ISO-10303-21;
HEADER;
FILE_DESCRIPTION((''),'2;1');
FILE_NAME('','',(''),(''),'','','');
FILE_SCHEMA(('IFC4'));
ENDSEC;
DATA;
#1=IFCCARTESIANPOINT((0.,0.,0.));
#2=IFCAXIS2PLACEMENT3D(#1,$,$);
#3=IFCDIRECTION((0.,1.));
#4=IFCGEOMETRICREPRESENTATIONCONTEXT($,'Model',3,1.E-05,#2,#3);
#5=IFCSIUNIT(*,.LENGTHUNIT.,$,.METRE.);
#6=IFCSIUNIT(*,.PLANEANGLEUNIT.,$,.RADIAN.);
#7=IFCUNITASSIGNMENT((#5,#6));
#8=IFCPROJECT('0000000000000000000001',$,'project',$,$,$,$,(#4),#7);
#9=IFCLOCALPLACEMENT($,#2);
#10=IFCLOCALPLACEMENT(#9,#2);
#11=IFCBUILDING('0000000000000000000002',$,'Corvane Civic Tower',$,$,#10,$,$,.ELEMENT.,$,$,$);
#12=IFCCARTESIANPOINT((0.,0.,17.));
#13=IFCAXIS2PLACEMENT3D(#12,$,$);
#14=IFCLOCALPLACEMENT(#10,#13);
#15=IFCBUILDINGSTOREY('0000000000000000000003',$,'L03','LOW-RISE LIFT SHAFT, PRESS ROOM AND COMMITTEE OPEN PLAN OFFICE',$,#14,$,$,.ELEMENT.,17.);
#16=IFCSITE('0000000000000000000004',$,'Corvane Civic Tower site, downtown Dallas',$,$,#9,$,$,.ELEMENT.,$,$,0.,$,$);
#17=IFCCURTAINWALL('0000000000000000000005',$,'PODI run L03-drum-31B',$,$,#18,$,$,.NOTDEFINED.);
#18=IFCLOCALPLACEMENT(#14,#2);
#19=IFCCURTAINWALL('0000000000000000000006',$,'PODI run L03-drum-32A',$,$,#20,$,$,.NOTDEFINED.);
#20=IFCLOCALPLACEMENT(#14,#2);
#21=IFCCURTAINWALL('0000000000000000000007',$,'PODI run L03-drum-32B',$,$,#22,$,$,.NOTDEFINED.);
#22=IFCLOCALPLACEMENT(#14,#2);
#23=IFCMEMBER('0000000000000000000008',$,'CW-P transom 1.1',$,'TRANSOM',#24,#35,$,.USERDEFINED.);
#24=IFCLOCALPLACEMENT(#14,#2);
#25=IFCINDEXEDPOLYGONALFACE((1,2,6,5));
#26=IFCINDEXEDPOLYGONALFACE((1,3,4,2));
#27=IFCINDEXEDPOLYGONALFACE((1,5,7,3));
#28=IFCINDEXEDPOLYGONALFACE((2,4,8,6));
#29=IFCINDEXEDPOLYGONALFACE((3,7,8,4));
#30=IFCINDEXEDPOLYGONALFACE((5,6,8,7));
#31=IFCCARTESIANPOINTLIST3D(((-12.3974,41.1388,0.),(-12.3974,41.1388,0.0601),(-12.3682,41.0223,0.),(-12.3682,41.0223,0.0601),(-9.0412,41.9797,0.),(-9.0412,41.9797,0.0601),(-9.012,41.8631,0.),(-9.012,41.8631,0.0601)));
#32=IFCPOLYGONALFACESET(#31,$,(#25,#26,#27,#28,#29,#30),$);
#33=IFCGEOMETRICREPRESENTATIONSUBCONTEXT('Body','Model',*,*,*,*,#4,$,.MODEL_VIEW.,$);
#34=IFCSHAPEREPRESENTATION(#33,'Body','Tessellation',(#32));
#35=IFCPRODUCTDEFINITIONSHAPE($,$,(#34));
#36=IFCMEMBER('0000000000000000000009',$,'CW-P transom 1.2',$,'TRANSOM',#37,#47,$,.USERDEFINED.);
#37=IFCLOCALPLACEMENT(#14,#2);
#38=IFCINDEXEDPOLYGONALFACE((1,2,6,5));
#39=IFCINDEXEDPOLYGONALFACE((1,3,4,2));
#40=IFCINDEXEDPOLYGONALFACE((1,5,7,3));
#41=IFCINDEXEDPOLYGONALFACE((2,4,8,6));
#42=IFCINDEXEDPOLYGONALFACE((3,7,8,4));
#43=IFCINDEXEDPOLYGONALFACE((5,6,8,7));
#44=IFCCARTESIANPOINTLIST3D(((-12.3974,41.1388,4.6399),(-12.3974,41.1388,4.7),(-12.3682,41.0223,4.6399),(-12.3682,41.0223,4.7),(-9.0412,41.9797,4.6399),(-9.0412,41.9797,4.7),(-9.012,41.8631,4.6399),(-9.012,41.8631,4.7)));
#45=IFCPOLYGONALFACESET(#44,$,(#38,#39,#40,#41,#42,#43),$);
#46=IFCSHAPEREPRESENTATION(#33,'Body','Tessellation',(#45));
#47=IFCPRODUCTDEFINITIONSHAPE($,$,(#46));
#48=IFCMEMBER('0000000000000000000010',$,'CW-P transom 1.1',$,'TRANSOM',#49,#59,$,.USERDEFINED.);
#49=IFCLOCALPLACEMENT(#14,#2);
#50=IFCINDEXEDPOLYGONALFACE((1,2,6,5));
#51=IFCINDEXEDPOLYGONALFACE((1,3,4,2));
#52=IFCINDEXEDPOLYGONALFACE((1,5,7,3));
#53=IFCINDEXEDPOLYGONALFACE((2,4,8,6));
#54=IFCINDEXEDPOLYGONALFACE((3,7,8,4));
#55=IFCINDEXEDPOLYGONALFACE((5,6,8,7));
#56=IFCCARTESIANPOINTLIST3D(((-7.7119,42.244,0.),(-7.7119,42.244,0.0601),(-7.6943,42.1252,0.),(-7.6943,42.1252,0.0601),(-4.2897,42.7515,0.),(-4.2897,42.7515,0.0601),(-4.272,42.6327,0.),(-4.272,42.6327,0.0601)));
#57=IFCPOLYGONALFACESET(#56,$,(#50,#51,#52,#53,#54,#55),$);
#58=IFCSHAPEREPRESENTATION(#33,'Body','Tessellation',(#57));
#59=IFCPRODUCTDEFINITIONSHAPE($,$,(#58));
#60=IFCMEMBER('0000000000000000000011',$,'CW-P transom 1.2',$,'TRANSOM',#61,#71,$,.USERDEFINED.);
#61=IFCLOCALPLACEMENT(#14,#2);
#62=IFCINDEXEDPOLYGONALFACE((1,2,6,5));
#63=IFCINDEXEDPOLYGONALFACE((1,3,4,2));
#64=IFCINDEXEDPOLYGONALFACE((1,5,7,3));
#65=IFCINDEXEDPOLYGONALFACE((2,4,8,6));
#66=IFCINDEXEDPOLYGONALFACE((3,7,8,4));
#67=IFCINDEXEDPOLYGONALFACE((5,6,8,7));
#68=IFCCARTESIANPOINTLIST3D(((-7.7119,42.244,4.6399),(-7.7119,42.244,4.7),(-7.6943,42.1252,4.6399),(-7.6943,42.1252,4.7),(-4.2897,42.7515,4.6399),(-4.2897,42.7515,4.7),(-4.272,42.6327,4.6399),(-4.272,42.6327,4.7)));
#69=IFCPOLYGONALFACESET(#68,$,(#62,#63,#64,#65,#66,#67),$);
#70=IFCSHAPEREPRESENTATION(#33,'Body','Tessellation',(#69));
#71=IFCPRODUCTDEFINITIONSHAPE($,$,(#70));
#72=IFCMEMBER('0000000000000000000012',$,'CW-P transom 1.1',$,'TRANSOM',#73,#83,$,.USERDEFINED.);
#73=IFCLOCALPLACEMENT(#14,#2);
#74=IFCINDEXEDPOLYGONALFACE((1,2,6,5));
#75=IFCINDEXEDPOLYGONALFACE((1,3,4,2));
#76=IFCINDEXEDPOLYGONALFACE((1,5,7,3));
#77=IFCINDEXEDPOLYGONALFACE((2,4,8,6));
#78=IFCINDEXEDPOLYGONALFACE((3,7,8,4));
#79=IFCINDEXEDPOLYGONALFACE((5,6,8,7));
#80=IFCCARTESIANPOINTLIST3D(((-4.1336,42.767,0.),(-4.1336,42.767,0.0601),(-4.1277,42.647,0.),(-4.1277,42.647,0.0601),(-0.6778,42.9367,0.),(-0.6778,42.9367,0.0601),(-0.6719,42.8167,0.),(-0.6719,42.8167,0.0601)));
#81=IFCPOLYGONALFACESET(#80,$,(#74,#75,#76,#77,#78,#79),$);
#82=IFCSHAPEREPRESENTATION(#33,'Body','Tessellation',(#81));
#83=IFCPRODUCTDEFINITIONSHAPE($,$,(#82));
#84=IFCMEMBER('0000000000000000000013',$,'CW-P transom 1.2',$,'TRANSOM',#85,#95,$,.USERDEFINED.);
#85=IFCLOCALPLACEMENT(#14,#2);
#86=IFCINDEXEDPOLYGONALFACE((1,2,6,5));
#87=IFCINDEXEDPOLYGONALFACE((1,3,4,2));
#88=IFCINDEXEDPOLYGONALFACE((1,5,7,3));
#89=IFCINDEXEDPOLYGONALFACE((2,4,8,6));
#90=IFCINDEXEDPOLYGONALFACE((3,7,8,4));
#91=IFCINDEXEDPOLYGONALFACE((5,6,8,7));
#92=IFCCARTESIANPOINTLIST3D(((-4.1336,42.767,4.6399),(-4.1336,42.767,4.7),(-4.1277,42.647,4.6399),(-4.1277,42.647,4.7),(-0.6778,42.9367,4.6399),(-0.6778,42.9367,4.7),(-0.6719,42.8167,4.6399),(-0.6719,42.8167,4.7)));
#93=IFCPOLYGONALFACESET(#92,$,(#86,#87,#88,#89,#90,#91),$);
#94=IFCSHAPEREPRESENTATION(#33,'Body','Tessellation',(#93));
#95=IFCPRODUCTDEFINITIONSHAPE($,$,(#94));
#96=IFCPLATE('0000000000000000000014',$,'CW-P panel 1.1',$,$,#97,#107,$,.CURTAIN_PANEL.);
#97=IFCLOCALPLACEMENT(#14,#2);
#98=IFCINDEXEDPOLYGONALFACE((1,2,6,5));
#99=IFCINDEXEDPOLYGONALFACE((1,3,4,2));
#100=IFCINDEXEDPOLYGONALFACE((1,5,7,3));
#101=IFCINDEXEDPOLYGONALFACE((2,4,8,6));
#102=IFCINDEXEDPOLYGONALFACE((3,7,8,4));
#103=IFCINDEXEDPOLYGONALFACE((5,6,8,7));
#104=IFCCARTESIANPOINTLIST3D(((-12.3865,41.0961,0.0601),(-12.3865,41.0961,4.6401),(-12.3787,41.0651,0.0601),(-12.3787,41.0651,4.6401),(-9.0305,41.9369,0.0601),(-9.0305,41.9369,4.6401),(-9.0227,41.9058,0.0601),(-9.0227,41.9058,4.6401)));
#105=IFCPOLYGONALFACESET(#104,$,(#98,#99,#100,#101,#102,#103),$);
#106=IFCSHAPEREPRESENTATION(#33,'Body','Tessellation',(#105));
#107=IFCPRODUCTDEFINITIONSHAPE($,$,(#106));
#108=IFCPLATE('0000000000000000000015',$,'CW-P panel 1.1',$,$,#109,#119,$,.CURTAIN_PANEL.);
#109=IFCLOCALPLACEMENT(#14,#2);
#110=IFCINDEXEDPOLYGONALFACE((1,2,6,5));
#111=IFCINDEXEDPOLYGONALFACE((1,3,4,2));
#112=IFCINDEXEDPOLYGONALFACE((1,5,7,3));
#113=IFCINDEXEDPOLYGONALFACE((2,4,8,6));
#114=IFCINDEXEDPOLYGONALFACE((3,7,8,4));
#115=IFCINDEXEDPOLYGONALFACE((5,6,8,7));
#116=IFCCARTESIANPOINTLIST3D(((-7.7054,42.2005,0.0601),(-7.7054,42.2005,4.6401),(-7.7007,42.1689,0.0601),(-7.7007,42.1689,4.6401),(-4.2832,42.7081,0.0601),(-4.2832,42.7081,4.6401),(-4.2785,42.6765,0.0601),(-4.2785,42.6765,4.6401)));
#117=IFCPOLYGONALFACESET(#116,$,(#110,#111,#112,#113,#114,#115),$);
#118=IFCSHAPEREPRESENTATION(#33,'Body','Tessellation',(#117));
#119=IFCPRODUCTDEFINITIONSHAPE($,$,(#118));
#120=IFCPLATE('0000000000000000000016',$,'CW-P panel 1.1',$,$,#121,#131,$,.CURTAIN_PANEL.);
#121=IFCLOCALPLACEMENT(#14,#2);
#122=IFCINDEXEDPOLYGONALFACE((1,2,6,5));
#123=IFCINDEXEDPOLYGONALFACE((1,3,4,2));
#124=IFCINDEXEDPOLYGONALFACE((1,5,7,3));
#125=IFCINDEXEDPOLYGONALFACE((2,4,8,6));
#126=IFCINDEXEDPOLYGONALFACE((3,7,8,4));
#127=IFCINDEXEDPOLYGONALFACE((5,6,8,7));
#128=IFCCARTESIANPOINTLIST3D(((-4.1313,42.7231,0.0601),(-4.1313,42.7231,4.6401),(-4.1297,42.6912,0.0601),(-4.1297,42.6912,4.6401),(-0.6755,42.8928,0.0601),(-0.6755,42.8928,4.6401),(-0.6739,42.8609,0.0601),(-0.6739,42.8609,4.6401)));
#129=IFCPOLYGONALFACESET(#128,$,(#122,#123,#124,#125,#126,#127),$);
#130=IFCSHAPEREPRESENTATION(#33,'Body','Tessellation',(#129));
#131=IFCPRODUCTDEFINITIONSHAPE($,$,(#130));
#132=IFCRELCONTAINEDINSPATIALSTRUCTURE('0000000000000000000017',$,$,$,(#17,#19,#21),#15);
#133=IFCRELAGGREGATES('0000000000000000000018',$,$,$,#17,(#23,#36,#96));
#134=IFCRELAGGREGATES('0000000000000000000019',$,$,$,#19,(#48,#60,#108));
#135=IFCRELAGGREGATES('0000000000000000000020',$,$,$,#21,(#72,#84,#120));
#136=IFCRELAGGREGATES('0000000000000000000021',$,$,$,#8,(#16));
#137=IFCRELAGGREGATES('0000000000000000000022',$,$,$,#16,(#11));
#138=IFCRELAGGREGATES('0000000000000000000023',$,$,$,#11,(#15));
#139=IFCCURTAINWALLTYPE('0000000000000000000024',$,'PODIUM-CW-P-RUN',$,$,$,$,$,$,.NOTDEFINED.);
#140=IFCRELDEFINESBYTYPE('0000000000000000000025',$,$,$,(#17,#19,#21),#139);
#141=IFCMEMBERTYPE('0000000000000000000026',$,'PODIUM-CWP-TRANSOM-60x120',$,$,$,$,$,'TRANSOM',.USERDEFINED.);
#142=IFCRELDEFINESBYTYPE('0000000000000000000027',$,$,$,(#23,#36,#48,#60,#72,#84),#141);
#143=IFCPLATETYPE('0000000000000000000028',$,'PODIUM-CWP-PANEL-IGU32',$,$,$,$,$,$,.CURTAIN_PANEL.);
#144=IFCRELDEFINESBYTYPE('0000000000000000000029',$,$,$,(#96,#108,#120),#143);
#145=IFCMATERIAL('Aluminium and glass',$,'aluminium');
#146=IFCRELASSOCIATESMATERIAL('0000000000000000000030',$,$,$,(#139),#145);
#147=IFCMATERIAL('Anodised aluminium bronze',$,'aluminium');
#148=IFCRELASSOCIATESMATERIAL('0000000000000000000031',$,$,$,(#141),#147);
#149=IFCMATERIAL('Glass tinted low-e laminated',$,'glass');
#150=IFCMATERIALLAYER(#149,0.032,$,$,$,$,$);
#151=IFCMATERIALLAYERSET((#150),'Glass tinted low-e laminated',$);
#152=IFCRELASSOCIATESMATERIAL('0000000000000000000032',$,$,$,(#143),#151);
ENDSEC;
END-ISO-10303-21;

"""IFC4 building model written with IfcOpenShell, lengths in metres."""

from ifc_helpers import new_model, si_unit, direction, frame, origin, origin_2d, place, context, subcontext, project, spatial, rectangle, extrude, material, layer, layer_set, material_profile, profile_set, type_object, element, aggregate, save


model = new_model("IFC4")

# Units and contexts
model_context = context("Model", 3, precision=1e-05, world=origin(), true_north=direction((0.0, 1.0)))
body_context = subcontext(model_context, "Body", "Model", "MODEL_VIEW")
ifc_project = project(units=[si_unit("LENGTHUNIT", "METRE"), si_unit("PLANEANGLEUNIT", "RADIAN")], contexts=[model_context])

# Site, building, storey
site_placement = place(None, origin())
site = spatial("IfcSite", under=ifc_project, at=site_placement, Name="Corvane Civic Tower site, downtown Dallas", CompositionType="ELEMENT", RefElevation=0.0)
building_placement = place(site_placement, origin())
building = spatial("IfcBuilding", under=site, at=building_placement, Name="Corvane Civic Tower", CompositionType="ELEMENT")
storey_placement = place(building_placement, frame((0.0, 0.0, 17.0)))
storey = spatial("IfcBuildingStorey", under=building, at=storey_placement, Name="L03", Description="LOW-RISE LIFT SHAFT, PRESS ROOM AND COMMITTEE OPEN PLAN OFFICE", CompositionType="ELEMENT", Elevation=17.0)

# Curtain wall
ifc_material_1 = material(Name="Aluminium and glass", Category="aluminium")
curtain_wall_type = type_object("IfcCurtainWallType", Name="PODIUM-CW-P-RUN", PredefinedType="NOTDEFINED", material=ifc_material_1)
curtain_wall_1_placement = place(storey_placement, origin())
curtain_wall_1 = element("IfcCurtainWall", 1, at=curtain_wall_1_placement, inside=storey, type_object=curtain_wall_type, Name="PODI run L03-drum-31B", PredefinedType="NOTDEFINED")

# Curtain walls
curtain_wall_2_placement = place(storey_placement, origin())
curtain_wall_2 = element("IfcCurtainWall", 2, at=curtain_wall_2_placement, inside=storey, type_object=curtain_wall_type, Name="PODI run L03-drum-32A", PredefinedType="NOTDEFINED")
curtain_wall_3_placement = place(storey_placement, origin())
curtain_wall_3 = element("IfcCurtainWall", 3, at=curtain_wall_3_placement, inside=storey, type_object=curtain_wall_type, Name="PODI run L03-drum-32B", PredefinedType="NOTDEFINED")

# Members
ifc_material_2 = material(Name="Anodised aluminium bronze", Category="aluminium")
ifc_material_profile_1 = material_profile(ifc_material_2, rectangle(XDim=0.1201, YDim=0.0601, at=origin_2d()), Name="AL 120x60")
ifc_profile_set_1 = profile_set([ifc_material_profile_1], Name="Anodised aluminium bronze")
member_type_1 = type_object("IfcMemberType", Name="PODIUM-CWP-TRANSOM-60x120", ElementType="TRANSOM", PredefinedType="USERDEFINED", material=ifc_profile_set_1)
member_1_placement = place(storey_placement, frame((-12.3828, 41.0806, 0.03), z_axis=(0.970022, 0.243017, 0.0), x_axis=(-0.243017, 0.970022, 0.0)))
member_1 = element("IfcMember", 4, at=member_1_placement, type_object=member_type_1, Name="CW-P transom 1.1", ObjectType="TRANSOM", PredefinedType="USERDEFINED", context=body_context, shape_type="SweptSolid", body=[
    extrude(rectangle(XDim=0.1201, YDim=0.0601, at=origin_2d()), origin(), (0.0, 0.0, 1.0), 3.46),
])
member_2_placement = place(storey_placement, frame((-12.3828, 41.0806, 4.6699), z_axis=(0.970022, 0.243017, 0.0), x_axis=(-0.243017, 0.970022, 0.0)))
member_2 = element("IfcMember", 5, at=member_2_placement, type_object=member_type_1, Name="CW-P transom 1.2", ObjectType="TRANSOM", PredefinedType="USERDEFINED", context=body_context, shape_type="SweptSolid", body=[
    extrude(rectangle(XDim=0.1201, YDim=0.0601, at=origin_2d()), origin(), (0.0, 0.0, 1.0), 3.46),
])
member_3_placement = place(storey_placement, frame((-7.7031, 42.1846, 0.03), z_axis=(0.98918, 0.146705, 0.0), x_axis=(-0.146705, 0.98918, 0.0)))
member_3 = element("IfcMember", 6, at=member_3_placement, type_object=member_type_1, Name="CW-P transom 1.1", ObjectType="TRANSOM", PredefinedType="USERDEFINED", context=body_context, shape_type="SweptSolid", body=[
    extrude(rectangle(XDim=0.1201, YDim=0.0601, at=origin_2d()), origin(), (0.0, 0.0, 1.0), 3.4597),
])
member_4_placement = place(storey_placement, frame((-7.7031, 42.1846, 4.6699), z_axis=(0.98918, 0.146705, 0.0), x_axis=(-0.146705, 0.98918, 0.0)))
member_4 = element("IfcMember", 7, at=member_4_placement, type_object=member_type_1, Name="CW-P transom 1.2", ObjectType="TRANSOM", PredefinedType="USERDEFINED", context=body_context, shape_type="SweptSolid", body=[
    extrude(rectangle(XDim=0.1201, YDim=0.0601, at=origin_2d()), origin(), (0.0, 0.0, 1.0), 3.4597),
])
member_5_placement = place(storey_placement, frame((-4.1306, 42.707, 0.03), z_axis=(0.998797, 0.04904, 0.0), x_axis=(-0.04904, 0.998797, 0.0)))
member_5 = element("IfcMember", 8, at=member_5_placement, type_object=member_type_1, Name="CW-P transom 1.1", ObjectType="TRANSOM", PredefinedType="USERDEFINED", context=body_context, shape_type="SweptSolid", body=[
    extrude(rectangle(XDim=0.1201, YDim=0.0601, at=origin_2d()), origin(), (0.0, 0.0, 1.0), 3.46),
])
member_6_placement = place(storey_placement, frame((-4.1306, 42.707, 4.6699), z_axis=(0.998797, 0.04904, 0.0), x_axis=(-0.04904, 0.998797, 0.0)))
member_6 = element("IfcMember", 9, at=member_6_placement, type_object=member_type_1, Name="CW-P transom 1.2", ObjectType="TRANSOM", PredefinedType="USERDEFINED", context=body_context, shape_type="SweptSolid", body=[
    extrude(rectangle(XDim=0.1201, YDim=0.0601, at=origin_2d()), origin(), (0.0, 0.0, 1.0), 3.46),
])

# Plates
ifc_material_3 = material(Name="Glass tinted low-e laminated", Category="glass")
ifc_layer = layer(ifc_material_3, 0.032)
ifc_layer_set = layer_set([ifc_layer], Name="Glass tinted low-e laminated")
plate_type = type_object("IfcPlateType", Name="PODIUM-CWP-PANEL-IGU32", PredefinedType="CURTAIN_PANEL", material=ifc_layer_set)
plate_1_placement = place(storey_placement, frame((-10.7046, 41.501, 0.0601), z_axis=(0.0, 0.0, 1.0), x_axis=(0.970024, 0.243009, 0.0)))
plate_1 = element("IfcPlate", 10, at=plate_1_placement, type_object=plate_type, Name="CW-P panel 1.1", PredefinedType="CURTAIN_PANEL", context=body_context, shape_type="SweptSolid", body=[
    extrude(rectangle(XDim=3.4597, YDim=0.032, at=origin_2d()), origin(), (0.0, 0.0, 1.0), 4.5801),
])
aggregate(curtain_wall_1, [member_1, member_2, plate_1])
plate_2_placement = place(storey_placement, frame((-5.9919, 42.4385, 0.0601), z_axis=(0.0, 0.0, 1.0), x_axis=(0.989179, 0.146715, 0.0)))
plate_2 = element("IfcPlate", 11, at=plate_2_placement, type_object=plate_type, Name="CW-P panel 1.1", PredefinedType="CURTAIN_PANEL", context=body_context, shape_type="SweptSolid", body=[
    extrude(rectangle(XDim=3.4597, YDim=0.032, at=origin_2d()), origin(), (0.0, 0.0, 1.0), 4.5801),
])
aggregate(curtain_wall_2, [member_3, member_4, plate_2])
plate_3_placement = place(storey_placement, frame((-2.4026, 42.792, 0.0601), z_axis=(0.0, 0.0, 1.0), x_axis=(0.998796, 0.04905, 0.0)))
plate_3 = element("IfcPlate", 12, at=plate_3_placement, type_object=plate_type, Name="CW-P panel 1.1", PredefinedType="CURTAIN_PANEL", context=body_context, shape_type="SweptSolid", body=[
    extrude(rectangle(XDim=3.46, YDim=0.032, at=origin_2d()), origin(), (0.0, 0.0, 1.0), 4.5801),
])
aggregate(curtain_wall_3, [member_5, member_6, plate_3])

save(model, "model.ifc")
